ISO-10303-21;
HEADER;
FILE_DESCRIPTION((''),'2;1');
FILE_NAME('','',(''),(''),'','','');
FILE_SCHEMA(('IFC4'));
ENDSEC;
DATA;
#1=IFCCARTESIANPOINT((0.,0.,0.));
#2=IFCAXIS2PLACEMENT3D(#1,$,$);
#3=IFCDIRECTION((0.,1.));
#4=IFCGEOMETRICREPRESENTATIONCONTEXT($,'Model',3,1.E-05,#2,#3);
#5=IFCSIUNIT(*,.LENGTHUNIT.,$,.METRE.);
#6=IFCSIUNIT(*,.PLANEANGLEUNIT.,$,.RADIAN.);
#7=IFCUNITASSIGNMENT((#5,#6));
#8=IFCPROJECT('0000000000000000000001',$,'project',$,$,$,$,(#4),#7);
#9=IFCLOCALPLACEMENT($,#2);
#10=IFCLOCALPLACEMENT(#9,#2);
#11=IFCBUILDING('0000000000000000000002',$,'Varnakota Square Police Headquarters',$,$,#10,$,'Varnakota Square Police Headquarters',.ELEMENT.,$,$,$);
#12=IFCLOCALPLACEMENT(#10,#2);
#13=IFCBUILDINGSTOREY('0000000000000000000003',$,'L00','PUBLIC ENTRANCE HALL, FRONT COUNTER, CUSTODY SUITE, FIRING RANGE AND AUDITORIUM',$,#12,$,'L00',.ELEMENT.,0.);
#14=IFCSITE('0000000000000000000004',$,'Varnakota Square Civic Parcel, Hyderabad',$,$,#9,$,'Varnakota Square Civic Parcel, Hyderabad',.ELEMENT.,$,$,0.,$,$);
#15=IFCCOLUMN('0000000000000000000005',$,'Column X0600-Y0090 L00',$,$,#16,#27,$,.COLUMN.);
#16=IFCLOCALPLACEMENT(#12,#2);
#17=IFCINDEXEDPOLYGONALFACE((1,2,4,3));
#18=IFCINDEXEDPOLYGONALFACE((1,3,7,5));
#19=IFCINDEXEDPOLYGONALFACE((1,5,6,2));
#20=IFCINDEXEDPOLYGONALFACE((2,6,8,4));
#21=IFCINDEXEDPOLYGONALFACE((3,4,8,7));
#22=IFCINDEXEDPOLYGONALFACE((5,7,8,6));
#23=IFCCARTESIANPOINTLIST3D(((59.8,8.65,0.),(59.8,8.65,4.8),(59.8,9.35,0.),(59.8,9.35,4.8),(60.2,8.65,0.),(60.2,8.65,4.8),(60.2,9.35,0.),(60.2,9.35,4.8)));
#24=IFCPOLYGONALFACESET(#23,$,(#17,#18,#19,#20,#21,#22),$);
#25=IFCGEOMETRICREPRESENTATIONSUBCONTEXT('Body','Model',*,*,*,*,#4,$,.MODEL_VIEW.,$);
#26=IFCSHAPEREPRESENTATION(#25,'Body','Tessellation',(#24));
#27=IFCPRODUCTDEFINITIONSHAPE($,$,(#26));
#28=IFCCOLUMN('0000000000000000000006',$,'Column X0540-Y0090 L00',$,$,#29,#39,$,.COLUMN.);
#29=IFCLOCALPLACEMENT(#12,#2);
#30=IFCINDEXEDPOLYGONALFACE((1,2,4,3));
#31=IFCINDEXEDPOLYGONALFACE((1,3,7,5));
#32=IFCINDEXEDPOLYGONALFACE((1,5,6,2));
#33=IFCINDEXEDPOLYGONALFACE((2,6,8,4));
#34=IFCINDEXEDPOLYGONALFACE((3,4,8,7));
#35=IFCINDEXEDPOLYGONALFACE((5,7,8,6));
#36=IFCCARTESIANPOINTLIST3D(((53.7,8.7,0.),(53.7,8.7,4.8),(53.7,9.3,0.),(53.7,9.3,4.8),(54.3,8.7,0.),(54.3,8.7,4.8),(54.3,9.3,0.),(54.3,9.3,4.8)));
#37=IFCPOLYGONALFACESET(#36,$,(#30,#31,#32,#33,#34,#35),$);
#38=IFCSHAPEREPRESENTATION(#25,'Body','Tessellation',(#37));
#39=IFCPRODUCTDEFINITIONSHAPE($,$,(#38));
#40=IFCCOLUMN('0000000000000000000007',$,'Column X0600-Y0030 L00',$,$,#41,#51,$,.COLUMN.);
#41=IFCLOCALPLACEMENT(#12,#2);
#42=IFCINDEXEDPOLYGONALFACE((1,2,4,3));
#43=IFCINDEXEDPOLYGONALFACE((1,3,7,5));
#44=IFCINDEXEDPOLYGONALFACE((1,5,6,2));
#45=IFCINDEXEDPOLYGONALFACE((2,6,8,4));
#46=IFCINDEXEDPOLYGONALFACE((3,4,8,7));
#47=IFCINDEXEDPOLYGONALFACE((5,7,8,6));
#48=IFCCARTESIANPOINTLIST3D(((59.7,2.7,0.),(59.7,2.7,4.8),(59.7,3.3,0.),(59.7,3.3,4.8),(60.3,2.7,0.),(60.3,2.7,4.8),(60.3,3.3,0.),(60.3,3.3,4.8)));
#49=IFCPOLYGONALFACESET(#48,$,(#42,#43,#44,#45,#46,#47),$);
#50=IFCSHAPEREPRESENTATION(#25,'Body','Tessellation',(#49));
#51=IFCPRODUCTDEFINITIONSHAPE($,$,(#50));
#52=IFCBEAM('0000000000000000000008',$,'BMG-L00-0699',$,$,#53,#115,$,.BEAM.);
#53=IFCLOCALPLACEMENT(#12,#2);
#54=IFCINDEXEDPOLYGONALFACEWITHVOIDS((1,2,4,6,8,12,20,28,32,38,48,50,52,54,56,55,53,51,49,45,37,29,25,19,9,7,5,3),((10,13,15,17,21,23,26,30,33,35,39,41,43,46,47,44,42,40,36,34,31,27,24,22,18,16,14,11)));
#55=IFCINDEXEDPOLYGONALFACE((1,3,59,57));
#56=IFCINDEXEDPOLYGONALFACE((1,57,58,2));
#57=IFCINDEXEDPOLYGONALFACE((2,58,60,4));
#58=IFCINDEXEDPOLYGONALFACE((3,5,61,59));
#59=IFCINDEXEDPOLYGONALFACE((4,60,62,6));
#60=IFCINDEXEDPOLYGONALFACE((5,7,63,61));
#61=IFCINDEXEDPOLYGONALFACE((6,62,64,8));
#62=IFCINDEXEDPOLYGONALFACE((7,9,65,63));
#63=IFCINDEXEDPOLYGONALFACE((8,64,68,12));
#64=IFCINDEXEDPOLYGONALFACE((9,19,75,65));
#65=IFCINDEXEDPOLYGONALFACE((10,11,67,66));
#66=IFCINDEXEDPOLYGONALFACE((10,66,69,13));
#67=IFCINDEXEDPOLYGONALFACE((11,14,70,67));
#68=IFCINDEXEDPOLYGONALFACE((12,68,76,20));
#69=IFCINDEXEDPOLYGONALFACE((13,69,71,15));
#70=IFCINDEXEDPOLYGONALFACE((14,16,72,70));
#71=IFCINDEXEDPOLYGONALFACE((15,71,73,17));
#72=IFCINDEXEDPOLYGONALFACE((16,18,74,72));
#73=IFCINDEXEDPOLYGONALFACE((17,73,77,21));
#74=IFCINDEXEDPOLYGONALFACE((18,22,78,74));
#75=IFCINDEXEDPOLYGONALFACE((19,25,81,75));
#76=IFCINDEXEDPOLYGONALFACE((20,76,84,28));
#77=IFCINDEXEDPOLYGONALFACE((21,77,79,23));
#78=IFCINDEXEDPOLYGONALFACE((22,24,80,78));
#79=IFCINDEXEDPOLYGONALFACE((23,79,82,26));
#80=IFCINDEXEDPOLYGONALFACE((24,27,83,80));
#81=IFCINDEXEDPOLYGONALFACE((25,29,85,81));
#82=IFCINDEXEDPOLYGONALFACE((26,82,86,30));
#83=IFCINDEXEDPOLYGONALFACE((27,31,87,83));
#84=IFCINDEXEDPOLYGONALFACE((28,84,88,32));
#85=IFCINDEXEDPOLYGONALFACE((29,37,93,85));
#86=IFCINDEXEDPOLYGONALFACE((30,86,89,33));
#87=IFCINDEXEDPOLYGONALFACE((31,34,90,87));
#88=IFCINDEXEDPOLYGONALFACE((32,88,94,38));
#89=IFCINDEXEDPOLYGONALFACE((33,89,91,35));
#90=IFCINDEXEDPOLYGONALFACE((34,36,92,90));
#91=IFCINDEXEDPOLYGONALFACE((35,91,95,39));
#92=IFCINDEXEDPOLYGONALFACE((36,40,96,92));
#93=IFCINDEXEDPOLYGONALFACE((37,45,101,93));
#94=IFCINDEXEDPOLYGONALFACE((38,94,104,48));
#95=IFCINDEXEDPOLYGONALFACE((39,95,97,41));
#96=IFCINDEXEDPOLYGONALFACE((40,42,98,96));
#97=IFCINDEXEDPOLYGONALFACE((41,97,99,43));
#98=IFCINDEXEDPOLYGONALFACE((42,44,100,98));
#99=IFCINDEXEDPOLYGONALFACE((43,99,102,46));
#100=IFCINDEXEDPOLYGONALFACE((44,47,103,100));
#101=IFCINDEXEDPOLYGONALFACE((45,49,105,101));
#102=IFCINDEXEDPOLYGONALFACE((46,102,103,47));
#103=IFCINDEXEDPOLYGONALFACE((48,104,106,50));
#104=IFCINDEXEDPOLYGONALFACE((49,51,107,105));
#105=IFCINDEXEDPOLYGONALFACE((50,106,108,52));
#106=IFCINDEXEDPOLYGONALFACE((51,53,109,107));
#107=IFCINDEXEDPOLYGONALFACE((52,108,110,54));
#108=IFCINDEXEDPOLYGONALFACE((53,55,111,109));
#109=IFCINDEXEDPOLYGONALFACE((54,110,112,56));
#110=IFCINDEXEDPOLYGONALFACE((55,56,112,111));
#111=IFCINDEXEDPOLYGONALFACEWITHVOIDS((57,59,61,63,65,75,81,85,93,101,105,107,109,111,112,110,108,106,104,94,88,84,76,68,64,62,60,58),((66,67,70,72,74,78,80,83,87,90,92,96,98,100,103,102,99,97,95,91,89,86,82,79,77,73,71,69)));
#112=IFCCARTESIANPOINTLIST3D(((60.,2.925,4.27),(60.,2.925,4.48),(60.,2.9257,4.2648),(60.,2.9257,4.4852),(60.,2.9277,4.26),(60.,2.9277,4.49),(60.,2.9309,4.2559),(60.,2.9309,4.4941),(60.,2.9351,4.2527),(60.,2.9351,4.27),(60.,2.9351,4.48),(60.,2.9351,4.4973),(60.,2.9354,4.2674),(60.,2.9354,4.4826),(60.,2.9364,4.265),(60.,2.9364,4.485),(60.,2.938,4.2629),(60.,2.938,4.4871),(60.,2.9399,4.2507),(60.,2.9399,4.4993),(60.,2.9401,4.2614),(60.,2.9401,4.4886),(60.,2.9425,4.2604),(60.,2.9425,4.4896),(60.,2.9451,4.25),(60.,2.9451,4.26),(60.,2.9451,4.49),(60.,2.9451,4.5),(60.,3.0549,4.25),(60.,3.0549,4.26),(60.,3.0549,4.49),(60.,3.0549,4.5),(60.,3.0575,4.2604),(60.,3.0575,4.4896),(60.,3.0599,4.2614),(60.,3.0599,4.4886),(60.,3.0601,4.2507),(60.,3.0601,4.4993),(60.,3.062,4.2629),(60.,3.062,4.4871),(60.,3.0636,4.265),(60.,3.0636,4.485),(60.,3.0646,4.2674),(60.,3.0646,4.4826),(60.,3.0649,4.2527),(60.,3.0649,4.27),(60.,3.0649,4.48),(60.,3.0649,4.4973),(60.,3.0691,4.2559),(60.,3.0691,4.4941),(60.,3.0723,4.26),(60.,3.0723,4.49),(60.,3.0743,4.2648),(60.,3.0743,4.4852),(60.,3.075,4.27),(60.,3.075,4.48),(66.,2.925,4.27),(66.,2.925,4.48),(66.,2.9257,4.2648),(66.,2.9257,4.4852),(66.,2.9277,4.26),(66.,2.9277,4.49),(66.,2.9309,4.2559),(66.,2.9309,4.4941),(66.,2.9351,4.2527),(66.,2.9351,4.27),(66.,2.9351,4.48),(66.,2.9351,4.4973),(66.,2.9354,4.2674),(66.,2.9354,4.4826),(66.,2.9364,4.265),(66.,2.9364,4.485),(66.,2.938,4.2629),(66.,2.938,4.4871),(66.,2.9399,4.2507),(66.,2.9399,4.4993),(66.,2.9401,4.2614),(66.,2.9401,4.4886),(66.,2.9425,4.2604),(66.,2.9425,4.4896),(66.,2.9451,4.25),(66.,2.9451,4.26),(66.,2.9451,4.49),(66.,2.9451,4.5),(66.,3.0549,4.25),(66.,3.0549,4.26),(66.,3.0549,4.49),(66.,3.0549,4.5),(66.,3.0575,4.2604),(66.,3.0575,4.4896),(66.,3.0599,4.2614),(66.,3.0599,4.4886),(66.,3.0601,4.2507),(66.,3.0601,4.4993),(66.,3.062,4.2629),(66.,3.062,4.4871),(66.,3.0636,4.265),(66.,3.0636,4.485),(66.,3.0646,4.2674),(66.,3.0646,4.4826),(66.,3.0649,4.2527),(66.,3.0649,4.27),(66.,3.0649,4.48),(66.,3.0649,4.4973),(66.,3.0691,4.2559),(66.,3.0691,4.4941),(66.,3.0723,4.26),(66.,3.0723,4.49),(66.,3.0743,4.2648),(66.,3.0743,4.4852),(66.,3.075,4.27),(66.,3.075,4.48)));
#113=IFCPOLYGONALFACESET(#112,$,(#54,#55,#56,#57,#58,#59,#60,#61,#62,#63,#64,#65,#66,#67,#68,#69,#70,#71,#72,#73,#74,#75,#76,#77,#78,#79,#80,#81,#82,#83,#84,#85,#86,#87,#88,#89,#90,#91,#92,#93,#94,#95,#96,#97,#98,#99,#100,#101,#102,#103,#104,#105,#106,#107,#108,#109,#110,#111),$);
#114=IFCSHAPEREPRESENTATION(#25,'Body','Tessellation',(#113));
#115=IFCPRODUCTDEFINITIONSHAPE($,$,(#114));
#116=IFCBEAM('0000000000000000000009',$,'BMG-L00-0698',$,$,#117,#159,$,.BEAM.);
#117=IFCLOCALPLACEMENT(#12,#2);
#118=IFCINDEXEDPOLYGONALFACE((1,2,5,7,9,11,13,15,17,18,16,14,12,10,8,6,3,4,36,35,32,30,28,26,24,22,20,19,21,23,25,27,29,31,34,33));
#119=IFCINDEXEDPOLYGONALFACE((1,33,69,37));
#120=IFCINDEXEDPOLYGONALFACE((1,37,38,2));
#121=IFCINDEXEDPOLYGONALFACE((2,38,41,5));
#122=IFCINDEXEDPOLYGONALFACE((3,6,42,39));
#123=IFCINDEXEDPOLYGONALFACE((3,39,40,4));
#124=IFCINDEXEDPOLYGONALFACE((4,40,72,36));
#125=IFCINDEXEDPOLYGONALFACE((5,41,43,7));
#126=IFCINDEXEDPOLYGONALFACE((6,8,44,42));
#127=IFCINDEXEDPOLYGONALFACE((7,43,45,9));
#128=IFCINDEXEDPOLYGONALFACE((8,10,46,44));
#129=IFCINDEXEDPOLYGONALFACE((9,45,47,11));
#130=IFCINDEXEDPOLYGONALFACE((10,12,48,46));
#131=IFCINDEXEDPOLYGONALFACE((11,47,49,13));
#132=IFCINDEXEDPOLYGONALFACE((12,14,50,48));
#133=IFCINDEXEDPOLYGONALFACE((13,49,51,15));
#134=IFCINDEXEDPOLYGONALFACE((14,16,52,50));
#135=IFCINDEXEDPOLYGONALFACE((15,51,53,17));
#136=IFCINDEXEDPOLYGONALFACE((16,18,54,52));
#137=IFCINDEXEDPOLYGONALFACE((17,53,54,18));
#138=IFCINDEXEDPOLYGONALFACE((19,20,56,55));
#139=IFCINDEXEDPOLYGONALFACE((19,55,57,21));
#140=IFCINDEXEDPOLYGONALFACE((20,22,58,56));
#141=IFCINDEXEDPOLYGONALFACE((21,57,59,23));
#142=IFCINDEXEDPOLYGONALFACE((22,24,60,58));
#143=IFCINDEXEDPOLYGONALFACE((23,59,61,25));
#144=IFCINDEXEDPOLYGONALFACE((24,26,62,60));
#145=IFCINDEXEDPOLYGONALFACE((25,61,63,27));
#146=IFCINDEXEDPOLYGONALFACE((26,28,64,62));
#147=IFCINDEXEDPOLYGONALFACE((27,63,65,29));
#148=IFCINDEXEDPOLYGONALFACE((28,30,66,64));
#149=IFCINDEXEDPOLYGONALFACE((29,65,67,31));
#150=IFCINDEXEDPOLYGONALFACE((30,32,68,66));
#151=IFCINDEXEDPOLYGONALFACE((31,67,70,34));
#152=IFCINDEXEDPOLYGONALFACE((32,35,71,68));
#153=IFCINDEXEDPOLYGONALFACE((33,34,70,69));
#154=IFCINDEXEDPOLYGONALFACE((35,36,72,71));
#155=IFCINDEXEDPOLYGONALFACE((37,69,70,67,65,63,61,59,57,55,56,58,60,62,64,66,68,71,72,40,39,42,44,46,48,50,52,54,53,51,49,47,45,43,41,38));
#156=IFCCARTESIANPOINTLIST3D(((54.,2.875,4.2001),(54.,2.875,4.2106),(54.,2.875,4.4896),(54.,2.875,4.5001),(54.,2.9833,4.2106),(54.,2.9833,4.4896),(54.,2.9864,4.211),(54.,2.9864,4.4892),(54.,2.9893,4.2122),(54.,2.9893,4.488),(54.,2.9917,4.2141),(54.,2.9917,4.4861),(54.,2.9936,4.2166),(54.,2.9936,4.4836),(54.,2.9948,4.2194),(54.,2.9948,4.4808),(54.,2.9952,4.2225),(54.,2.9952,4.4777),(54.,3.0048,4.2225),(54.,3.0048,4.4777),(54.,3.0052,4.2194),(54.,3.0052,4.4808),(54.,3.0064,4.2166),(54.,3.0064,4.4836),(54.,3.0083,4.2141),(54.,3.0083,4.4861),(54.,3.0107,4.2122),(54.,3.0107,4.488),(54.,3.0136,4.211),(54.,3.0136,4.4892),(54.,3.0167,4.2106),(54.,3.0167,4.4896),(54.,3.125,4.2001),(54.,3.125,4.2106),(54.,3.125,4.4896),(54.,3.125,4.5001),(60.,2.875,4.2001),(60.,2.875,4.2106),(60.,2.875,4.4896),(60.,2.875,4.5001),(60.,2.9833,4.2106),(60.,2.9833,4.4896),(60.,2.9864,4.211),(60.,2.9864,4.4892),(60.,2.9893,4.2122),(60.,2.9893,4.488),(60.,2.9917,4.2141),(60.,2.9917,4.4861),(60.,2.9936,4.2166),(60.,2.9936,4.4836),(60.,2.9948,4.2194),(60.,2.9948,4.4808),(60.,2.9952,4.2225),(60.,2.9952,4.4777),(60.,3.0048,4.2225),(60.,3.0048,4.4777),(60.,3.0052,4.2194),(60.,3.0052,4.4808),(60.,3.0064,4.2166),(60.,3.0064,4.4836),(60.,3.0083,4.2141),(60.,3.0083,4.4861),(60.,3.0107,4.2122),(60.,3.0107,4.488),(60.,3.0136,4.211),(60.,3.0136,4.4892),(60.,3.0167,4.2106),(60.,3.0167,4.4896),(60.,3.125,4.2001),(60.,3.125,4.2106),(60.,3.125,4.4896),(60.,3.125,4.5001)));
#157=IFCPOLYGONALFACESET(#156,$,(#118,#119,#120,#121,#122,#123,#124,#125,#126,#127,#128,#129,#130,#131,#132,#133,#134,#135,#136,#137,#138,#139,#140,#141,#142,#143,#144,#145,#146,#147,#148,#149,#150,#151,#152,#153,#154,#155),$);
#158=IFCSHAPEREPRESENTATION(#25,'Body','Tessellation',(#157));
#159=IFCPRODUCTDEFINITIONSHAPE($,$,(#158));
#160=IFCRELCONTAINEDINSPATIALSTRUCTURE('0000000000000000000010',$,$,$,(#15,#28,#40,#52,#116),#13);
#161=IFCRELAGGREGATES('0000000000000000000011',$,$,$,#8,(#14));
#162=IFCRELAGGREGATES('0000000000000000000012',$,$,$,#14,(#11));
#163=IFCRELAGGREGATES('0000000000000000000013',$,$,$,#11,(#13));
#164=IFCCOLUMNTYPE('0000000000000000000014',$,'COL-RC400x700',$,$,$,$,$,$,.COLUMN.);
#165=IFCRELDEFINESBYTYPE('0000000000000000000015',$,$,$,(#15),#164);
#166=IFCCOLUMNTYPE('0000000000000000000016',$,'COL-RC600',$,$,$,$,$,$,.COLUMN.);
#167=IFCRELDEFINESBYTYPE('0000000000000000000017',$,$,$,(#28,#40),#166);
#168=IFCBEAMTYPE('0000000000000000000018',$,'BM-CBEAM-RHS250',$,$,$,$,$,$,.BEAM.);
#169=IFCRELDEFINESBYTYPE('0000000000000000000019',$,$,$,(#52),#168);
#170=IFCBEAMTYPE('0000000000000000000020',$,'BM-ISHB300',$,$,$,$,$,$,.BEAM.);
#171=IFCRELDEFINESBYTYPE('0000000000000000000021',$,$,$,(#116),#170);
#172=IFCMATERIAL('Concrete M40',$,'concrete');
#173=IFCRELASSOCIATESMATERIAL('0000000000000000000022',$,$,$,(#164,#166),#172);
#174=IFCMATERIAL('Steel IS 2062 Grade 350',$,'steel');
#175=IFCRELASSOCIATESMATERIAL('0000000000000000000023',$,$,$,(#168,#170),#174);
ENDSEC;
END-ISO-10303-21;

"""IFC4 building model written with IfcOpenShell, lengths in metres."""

from ifc_helpers import new_model, si_unit, direction, frame, origin, origin_2d, place, context, subcontext, project, spatial, rectangle, hollow_rectangle, i_section, extrude, material, material_profile, profile_set, type_object, element, save


model = new_model("IFC4")

# Units and contexts
model_context = context("Model", 3, precision=1e-05, world=origin(), true_north=direction((0.0, 1.0)))
body_context = subcontext(model_context, "Body", "Model", "MODEL_VIEW")
ifc_project = project(units=[si_unit("LENGTHUNIT", "METRE"), si_unit("PLANEANGLEUNIT", "RADIAN")], contexts=[model_context])

# Site, building, storey
site_placement = place(None, origin())
site = spatial("IfcSite", under=ifc_project, at=site_placement, Name="Varnakota Square Civic Parcel, Hyderabad", LongName="Varnakota Square Civic Parcel, Hyderabad", CompositionType="ELEMENT", RefElevation=0.0)
building_placement = place(site_placement, origin())
building = spatial("IfcBuilding", under=site, at=building_placement, Name="Varnakota Square Police Headquarters", LongName="Varnakota Square Police Headquarters", CompositionType="ELEMENT")
storey_placement = place(building_placement, origin())
storey = spatial("IfcBuildingStorey", under=building, at=storey_placement, Name="L00", Description="PUBLIC ENTRANCE HALL, FRONT COUNTER, CUSTODY SUITE, FIRING RANGE AND AUDITORIUM", LongName="L00", CompositionType="ELEMENT", Elevation=0.0)

# Columns
ifc_material_1 = material(Name="Concrete M40", Category="concrete")
ifc_material_profile_1 = material_profile(ifc_material_1, rectangle(XDim=0.3999, YDim=0.7, at=origin_2d()), Name="RC 400x700")
ifc_profile_set_1 = profile_set([ifc_material_profile_1], Name="Concrete M40")
column_type_1 = type_object("IfcColumnType", Name="COL-RC400x700", PredefinedType="COLUMN", material=ifc_profile_set_1)
column_placement = place(storey_placement, frame((60.0, 9.0, 0.0), z_axis=(0.0, 0.0, 1.0), x_axis=(1.0, 0.0, 0.0)))
element("IfcColumn", 1, at=column_placement, inside=storey, type_object=column_type_1, Name="Column X0600-Y0090 L00", PredefinedType="COLUMN", context=body_context, shape_type="SweptSolid", body=[
    extrude(rectangle(XDim=0.3999, YDim=0.7, at=origin_2d()), origin(), (0.0, 0.0, 1.0), 4.8),
])
ifc_material_profile_2 = material_profile(ifc_material_1, rectangle(XDim=0.6001, YDim=0.6001, at=origin_2d()), Name="RC 600x600")
ifc_profile_set_2 = profile_set([ifc_material_profile_2], Name="Concrete M40")
column_type_2 = type_object("IfcColumnType", Name="COL-RC600", PredefinedType="COLUMN", material=ifc_profile_set_2)
for number, where, z_axis, x_axis, name in (
    (2, (54.0, 9.0, 0.0), (0.0, 0.0, 1.0), (1.0, 0.0, 0.0), "Column X0540-Y0090 L00"),
    (3, (60.0, 3.0, 0.0), (0.0, 0.0, 1.0), (1.0, 0.0, 0.0), "Column X0600-Y0030 L00"),
):
    element("IfcColumn", number, at=place(storey_placement, frame(where, z_axis=z_axis, x_axis=x_axis)), inside=storey, type_object=column_type_2, Name=name, PredefinedType="COLUMN", context=body_context, shape_type="SweptSolid", body=[
        extrude(rectangle(XDim=0.6001, YDim=0.6001, at=origin_2d()), origin(), (0.0, 0.0, 1.0), 4.8),
    ])

# Beams
ifc_material_2 = material(Name="Steel IS 2062 Grade 350", Category="steel")
ifc_material_profile_3 = material_profile(ifc_material_2, hollow_rectangle(XDim=0.1499, YDim=0.25, WallThickness=0.01, InnerFilletRadius=0.01, OuterFilletRadius=0.02, at=origin_2d()), Name="RHS 250x150x10")
ifc_profile_set_3 = profile_set([ifc_material_profile_3], Name="Steel IS 2062 Grade 350")
beam_type_1 = type_object("IfcBeamType", Name="BM-CBEAM-RHS250", PredefinedType="BEAM", material=ifc_profile_set_3)
beam_1_placement = place(storey_placement, frame((60.0, 3.0, 4.375), z_axis=(1.0, 0.0, 0.0), x_axis=(0.0, 1.0, 0.0)))
element("IfcBeam", 4, at=beam_1_placement, inside=storey, type_object=beam_type_1, Name="BMG-L00-0699", PredefinedType="BEAM", context=body_context, shape_type="SweptSolid", body=[
    extrude(hollow_rectangle(XDim=0.1499, YDim=0.25, WallThickness=0.01, InnerFilletRadius=0.01, OuterFilletRadius=0.02, at=origin_2d()), origin(), (0.0, 0.0, 1.0), 6.0),
])
ifc_material_profile_4 = material_profile(ifc_material_2, i_section(OverallWidth=0.25, OverallDepth=0.3, WebThickness=0.0095, FlangeThickness=0.0105, FilletRadius=0.012, at=origin_2d()), Name="ISHB 300")
ifc_profile_set_4 = profile_set([ifc_material_profile_4], Name="Steel IS 2062 Grade 350")
beam_type_2 = type_object("IfcBeamType", Name="BM-ISHB300", PredefinedType="BEAM", material=ifc_profile_set_4)
beam_2_placement = place(storey_placement, frame((54.0, 3.0, 4.3501), z_axis=(1.0, 0.0, 0.0), x_axis=(0.0, 1.0, 0.0)))
element("IfcBeam", 5, at=beam_2_placement, inside=storey, type_object=beam_type_2, Name="BMG-L00-0698", PredefinedType="BEAM", context=body_context, shape_type="SweptSolid", body=[
    extrude(i_section(OverallWidth=0.25, OverallDepth=0.3, WebThickness=0.0095, FlangeThickness=0.0105, FilletRadius=0.012, at=origin_2d()), origin(), (0.0, 0.0, 1.0), 6.0),
])

save(model, "model.ifc")
